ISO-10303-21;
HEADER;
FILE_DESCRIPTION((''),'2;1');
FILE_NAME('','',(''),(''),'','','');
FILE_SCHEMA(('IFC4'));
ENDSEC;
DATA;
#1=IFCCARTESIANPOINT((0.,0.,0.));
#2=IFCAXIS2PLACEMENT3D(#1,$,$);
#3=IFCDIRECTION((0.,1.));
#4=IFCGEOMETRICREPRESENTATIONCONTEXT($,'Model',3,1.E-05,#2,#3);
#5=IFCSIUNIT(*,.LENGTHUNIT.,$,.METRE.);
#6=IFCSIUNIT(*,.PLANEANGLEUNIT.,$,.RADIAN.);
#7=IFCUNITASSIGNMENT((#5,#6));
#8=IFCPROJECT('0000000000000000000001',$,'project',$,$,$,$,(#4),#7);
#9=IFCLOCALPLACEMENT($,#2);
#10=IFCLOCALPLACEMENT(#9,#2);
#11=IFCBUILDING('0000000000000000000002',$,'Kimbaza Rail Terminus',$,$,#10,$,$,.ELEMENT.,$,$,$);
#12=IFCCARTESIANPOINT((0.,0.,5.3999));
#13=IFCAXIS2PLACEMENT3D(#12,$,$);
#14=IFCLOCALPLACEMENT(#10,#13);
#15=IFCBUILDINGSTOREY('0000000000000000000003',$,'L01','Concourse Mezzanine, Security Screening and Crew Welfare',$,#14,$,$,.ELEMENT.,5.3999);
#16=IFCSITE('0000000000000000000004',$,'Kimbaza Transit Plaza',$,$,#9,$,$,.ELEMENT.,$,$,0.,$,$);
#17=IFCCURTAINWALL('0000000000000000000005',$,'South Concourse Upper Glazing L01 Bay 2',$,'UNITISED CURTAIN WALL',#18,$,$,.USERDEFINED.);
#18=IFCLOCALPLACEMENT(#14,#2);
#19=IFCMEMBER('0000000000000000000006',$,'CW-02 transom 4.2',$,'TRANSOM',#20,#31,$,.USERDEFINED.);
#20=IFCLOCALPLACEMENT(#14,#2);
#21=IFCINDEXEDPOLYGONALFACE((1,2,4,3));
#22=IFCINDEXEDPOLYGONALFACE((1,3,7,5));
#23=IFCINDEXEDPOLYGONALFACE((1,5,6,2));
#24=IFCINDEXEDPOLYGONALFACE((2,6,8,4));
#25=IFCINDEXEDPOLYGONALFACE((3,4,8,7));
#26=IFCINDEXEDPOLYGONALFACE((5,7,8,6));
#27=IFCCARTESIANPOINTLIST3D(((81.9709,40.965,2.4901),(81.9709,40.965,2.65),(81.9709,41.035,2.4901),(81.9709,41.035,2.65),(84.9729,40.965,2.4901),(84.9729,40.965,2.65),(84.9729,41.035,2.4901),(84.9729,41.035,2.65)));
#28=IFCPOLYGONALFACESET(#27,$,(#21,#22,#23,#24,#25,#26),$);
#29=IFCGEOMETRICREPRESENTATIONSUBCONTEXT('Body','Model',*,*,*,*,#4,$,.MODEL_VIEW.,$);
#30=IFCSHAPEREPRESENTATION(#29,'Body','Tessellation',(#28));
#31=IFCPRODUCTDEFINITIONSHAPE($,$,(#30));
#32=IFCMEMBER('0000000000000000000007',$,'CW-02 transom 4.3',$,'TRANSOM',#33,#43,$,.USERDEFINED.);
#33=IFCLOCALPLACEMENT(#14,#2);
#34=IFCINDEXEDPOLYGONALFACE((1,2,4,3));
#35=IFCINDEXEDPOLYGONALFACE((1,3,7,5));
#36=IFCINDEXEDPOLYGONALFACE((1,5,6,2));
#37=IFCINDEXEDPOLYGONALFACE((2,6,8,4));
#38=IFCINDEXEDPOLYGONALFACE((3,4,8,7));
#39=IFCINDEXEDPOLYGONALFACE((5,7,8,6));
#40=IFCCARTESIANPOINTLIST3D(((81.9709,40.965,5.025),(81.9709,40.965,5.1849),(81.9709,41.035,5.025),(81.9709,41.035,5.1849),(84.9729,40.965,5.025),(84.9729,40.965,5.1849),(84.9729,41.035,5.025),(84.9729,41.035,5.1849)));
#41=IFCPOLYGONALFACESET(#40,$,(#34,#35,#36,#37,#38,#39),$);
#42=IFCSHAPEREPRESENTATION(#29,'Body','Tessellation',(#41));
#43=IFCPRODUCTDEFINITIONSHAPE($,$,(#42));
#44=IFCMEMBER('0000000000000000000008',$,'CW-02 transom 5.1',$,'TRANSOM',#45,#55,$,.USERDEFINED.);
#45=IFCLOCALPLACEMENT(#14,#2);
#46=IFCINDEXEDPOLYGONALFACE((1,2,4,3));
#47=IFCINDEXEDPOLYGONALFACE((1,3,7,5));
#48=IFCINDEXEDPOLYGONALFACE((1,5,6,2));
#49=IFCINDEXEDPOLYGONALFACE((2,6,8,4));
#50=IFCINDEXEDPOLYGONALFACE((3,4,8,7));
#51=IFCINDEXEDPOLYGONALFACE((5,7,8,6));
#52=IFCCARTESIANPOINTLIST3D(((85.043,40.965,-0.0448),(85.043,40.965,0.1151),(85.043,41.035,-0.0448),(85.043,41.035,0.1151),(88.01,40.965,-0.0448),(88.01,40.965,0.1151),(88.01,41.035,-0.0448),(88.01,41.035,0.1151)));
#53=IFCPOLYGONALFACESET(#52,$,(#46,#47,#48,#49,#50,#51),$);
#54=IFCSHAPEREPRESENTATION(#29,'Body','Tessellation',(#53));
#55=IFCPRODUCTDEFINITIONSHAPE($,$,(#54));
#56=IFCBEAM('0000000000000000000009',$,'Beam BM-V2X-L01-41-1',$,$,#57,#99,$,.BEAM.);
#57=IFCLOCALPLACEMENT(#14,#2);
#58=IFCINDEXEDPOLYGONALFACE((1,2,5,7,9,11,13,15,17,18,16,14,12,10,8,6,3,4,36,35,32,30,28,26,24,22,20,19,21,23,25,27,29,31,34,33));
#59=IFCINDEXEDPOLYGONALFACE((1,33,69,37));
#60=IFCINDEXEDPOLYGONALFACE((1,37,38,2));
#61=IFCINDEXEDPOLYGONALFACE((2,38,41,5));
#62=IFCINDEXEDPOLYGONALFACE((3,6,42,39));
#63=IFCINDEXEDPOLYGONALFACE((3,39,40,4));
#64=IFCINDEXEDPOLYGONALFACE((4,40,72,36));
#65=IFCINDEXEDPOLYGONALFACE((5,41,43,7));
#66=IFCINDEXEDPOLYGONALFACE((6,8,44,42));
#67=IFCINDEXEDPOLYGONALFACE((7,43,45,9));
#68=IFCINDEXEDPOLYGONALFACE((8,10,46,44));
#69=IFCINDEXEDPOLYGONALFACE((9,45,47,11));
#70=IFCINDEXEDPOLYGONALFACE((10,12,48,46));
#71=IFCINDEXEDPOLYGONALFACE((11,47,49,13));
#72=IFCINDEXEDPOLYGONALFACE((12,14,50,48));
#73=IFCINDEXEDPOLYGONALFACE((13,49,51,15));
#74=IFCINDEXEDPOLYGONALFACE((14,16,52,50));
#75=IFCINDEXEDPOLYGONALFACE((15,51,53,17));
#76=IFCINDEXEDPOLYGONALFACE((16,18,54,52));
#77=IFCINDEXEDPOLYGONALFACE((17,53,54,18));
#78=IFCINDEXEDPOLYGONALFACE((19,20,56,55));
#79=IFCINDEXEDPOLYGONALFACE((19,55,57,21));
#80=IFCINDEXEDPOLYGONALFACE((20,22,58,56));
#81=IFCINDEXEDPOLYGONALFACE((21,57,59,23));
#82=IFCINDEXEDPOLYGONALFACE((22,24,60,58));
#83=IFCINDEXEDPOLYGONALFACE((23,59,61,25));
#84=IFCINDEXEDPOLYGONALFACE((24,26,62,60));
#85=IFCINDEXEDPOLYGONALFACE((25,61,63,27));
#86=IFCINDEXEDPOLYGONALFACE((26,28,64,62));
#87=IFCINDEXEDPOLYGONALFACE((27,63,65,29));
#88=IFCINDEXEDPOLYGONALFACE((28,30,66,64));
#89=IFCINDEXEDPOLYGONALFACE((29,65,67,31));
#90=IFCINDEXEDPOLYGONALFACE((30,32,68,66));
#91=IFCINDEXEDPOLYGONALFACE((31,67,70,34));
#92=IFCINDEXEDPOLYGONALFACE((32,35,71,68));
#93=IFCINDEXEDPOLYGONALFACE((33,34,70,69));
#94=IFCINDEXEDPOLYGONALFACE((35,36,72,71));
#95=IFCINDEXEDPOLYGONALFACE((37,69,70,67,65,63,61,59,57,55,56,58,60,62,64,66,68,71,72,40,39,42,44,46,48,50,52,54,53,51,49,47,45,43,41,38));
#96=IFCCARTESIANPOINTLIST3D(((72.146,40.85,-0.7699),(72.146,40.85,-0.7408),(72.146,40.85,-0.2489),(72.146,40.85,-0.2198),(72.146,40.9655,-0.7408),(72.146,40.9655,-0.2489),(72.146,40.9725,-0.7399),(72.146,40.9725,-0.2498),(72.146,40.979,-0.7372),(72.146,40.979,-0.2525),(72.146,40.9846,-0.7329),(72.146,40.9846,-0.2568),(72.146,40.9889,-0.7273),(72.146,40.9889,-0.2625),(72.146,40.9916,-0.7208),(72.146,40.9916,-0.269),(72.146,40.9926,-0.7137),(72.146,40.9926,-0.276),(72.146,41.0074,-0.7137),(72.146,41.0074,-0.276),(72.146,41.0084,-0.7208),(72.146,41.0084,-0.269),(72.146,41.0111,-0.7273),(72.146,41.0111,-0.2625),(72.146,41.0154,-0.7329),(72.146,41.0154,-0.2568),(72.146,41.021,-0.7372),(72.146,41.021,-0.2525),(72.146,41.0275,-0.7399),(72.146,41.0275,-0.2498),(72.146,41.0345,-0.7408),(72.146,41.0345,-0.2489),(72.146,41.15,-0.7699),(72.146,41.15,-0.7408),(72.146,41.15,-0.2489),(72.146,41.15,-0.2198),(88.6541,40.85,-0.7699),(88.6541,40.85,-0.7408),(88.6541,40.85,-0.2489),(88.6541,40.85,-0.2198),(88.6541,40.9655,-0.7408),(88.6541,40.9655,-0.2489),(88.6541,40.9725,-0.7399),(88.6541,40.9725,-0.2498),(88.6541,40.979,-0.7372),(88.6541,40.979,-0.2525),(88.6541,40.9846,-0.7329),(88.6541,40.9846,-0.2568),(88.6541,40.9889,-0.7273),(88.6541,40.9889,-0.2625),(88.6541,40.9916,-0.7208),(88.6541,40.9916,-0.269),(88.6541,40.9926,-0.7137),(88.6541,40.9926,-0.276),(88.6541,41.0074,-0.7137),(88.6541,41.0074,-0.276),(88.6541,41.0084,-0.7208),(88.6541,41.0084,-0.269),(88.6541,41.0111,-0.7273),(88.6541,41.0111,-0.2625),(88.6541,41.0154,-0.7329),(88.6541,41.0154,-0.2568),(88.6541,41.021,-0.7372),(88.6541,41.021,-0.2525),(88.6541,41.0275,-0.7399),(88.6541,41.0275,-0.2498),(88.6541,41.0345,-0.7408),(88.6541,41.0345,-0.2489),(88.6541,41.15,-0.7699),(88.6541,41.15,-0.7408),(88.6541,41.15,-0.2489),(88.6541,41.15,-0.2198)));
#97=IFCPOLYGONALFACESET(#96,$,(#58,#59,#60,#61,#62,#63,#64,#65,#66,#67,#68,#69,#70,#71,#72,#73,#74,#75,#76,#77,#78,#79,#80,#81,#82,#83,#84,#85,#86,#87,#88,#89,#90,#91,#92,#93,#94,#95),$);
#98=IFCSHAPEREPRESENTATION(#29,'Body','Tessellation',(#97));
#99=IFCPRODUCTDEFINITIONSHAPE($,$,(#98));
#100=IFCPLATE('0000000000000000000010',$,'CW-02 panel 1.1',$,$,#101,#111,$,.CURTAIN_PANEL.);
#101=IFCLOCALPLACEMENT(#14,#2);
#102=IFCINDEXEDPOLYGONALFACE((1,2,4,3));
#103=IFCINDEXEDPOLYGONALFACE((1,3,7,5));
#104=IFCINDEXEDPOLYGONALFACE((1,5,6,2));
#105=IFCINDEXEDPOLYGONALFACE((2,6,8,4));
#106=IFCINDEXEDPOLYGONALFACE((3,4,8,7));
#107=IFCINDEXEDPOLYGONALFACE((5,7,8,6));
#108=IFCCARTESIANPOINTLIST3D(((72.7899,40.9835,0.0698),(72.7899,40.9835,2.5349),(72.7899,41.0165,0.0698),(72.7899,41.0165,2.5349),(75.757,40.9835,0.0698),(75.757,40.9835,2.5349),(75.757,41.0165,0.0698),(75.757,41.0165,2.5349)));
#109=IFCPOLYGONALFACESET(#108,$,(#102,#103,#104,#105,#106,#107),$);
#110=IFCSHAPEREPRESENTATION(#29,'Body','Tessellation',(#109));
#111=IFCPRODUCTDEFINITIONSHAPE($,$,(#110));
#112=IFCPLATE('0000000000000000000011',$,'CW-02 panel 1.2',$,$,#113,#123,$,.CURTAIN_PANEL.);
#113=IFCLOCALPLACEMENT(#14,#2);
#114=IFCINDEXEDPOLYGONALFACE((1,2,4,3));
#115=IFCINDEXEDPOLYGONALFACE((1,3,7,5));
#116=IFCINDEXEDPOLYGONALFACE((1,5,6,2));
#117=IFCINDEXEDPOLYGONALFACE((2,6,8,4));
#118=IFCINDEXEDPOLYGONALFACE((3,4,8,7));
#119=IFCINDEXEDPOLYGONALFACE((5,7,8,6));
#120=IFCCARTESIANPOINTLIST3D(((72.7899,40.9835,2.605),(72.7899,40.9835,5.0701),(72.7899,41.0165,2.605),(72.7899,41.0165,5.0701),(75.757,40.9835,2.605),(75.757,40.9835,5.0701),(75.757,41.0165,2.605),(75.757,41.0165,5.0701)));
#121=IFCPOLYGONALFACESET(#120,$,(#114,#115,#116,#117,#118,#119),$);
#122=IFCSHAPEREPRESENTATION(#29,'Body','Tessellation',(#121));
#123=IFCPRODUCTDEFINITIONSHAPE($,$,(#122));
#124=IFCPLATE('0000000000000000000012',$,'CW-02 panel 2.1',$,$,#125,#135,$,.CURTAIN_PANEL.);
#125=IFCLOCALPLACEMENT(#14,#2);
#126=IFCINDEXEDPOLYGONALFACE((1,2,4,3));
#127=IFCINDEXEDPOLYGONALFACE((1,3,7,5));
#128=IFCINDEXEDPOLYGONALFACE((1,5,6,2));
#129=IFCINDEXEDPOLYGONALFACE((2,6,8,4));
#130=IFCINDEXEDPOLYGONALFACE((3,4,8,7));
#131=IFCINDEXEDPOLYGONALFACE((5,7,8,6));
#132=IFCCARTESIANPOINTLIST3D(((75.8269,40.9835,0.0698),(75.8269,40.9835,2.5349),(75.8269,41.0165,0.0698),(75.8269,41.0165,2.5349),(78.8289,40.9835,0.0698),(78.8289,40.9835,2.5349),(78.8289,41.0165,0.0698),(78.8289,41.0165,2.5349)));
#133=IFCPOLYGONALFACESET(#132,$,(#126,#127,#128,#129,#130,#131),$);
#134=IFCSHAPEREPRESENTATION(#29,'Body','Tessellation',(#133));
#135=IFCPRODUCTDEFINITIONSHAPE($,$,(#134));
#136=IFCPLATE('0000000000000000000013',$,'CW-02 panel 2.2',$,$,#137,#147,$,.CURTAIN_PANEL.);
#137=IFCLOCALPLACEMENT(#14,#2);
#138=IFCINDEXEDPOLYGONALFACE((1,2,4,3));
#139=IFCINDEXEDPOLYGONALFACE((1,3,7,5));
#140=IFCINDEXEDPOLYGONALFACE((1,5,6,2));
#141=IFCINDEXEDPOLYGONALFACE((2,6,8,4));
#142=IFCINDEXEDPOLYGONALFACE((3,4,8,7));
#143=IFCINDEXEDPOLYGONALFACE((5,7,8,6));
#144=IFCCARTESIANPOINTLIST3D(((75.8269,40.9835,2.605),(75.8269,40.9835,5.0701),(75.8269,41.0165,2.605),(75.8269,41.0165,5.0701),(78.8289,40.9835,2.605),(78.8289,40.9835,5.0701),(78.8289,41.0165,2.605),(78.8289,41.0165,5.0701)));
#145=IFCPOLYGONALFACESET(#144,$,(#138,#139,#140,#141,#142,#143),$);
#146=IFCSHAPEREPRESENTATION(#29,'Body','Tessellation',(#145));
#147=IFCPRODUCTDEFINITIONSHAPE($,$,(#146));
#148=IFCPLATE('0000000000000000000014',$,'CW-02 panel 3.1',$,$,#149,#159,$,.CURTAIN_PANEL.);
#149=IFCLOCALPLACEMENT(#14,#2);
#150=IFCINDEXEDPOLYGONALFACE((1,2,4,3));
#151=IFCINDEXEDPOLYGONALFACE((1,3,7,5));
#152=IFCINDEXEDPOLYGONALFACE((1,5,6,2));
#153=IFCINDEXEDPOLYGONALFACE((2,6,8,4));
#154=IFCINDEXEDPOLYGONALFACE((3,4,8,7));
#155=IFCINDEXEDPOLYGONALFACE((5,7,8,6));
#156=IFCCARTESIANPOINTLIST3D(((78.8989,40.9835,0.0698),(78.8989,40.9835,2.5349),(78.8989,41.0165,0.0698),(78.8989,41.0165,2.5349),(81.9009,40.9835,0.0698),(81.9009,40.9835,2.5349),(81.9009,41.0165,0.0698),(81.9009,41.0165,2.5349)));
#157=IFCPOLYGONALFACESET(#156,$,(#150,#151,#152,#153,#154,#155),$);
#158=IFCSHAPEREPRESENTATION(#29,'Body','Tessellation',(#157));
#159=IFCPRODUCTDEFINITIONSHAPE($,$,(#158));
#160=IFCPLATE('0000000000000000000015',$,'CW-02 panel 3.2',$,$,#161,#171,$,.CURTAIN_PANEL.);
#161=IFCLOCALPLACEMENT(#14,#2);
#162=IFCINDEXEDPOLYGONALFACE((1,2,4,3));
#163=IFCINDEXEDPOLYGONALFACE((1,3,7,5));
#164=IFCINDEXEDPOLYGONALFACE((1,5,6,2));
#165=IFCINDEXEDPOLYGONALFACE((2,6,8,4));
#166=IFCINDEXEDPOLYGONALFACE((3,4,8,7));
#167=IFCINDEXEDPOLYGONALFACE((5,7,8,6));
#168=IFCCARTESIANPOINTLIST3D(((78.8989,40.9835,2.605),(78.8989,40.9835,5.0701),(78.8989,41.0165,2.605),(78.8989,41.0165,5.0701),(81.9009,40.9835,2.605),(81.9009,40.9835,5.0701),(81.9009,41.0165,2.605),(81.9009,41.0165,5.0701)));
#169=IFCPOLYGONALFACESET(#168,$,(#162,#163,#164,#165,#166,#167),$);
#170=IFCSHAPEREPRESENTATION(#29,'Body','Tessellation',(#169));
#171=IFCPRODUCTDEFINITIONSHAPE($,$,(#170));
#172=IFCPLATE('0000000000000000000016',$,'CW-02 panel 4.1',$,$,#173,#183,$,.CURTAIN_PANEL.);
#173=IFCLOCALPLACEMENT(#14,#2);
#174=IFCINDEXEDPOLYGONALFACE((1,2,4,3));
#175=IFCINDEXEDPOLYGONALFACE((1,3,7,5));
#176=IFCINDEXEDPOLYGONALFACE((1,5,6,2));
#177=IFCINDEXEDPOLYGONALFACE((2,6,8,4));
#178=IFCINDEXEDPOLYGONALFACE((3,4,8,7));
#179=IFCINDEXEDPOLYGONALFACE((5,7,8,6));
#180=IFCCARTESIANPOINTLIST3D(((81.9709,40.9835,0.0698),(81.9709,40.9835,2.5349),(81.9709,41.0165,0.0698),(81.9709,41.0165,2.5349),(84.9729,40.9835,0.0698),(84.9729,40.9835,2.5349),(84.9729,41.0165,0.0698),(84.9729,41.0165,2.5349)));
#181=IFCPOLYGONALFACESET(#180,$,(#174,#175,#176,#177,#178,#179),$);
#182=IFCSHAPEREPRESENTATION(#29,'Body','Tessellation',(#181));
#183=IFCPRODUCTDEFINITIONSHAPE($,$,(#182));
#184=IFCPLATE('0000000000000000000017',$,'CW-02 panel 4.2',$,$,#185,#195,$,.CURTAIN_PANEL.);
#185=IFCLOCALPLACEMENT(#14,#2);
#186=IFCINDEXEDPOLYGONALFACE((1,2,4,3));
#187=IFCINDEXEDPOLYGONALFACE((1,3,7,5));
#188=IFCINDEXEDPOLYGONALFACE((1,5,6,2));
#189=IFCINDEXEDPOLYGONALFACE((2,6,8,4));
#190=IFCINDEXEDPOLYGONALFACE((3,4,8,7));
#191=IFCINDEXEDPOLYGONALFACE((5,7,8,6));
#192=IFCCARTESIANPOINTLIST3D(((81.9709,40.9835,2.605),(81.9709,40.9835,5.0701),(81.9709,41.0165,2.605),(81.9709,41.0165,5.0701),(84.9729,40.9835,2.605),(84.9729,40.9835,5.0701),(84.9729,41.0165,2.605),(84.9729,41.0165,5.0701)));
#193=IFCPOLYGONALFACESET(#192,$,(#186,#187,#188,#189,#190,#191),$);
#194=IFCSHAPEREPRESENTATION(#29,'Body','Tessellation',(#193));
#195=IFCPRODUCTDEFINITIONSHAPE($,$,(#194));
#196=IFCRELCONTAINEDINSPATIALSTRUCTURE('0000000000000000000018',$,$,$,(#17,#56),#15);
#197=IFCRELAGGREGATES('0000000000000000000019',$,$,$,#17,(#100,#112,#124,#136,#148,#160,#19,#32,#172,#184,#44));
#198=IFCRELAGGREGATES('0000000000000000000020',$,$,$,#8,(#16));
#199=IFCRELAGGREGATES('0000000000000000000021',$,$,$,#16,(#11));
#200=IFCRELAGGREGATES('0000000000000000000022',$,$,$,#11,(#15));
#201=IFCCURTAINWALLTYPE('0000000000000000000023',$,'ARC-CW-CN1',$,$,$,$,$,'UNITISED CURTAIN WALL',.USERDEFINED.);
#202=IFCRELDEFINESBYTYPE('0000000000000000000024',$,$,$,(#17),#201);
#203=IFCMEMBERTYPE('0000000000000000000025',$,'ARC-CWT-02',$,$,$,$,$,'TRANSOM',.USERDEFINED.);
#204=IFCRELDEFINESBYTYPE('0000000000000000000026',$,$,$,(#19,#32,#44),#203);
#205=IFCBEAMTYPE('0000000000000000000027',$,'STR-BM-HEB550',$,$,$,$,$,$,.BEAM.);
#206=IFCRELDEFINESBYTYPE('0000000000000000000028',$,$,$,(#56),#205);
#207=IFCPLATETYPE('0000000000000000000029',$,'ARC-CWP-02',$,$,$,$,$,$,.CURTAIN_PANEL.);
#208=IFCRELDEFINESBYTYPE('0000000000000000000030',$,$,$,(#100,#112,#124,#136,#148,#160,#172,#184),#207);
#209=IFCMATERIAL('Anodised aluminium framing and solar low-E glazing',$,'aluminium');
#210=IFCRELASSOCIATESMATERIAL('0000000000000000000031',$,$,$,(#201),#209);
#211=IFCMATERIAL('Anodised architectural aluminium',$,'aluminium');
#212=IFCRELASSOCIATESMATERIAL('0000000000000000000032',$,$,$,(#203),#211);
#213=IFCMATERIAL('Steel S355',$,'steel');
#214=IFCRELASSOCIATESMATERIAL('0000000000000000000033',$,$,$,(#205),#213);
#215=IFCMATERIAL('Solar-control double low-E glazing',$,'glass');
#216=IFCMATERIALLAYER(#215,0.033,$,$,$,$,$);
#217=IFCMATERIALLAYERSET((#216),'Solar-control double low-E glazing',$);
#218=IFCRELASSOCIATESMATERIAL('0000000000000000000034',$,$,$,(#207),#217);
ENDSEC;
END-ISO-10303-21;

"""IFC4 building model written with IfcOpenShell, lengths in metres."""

from ifc_helpers import new_model, si_unit, direction, frame, origin, origin_2d, place, context, subcontext, project, spatial, rectangle, i_section, extrude, material, layer, layer_set, material_profile, profile_set, type_object, element, aggregate, save


model = new_model("IFC4")

# Units and contexts
model_context = context("Model", 3, precision=1e-05, world=origin(), true_north=direction((0.0, 1.0)))
body_context = subcontext(model_context, "Body", "Model", "MODEL_VIEW")
ifc_project = project(units=[si_unit("LENGTHUNIT", "METRE"), si_unit("PLANEANGLEUNIT", "RADIAN")], contexts=[model_context])

# Site, building, storey
site_placement = place(None, origin())
site = spatial("IfcSite", under=ifc_project, at=site_placement, Name="Kimbaza Transit Plaza", CompositionType="ELEMENT", RefElevation=0.0)
building_placement = place(site_placement, origin())
building = spatial("IfcBuilding", under=site, at=building_placement, Name="Kimbaza Rail Terminus", CompositionType="ELEMENT")
storey_placement = place(building_placement, frame((0.0, 0.0, 5.3999)))
storey = spatial("IfcBuildingStorey", under=building, at=storey_placement, Name="L01", Description="Concourse Mezzanine, Security Screening and Crew Welfare", CompositionType="ELEMENT", Elevation=5.3999)

# Curtain wall, members
ifc_material_1 = material(Name="Anodised aluminium framing and solar low-E glazing", Category="aluminium")
curtain_wall_type = type_object("IfcCurtainWallType", Name="ARC-CW-CN1", ElementType="UNITISED CURTAIN WALL", PredefinedType="USERDEFINED", material=ifc_material_1)
curtain_wall_placement = place(storey_placement, origin())
curtain_wall = element("IfcCurtainWall", 1, at=curtain_wall_placement, inside=storey, type_object=curtain_wall_type, Name="South Concourse Upper Glazing L01 Bay 2", ObjectType="UNITISED CURTAIN WALL", PredefinedType="USERDEFINED")
ifc_material_2 = material(Name="Anodised architectural aluminium", Category="aluminium")
ifc_material_profile_1 = material_profile(ifc_material_2, rectangle(XDim=0.0701, YDim=0.1599, at=origin_2d()), Name="TRANSOM 70x160")
ifc_profile_set_1 = profile_set([ifc_material_profile_1], Name="Anodised architectural aluminium")
member_type_1 = type_object("IfcMemberType", Name="ARC-CWT-02", ElementType="TRANSOM", PredefinedType="USERDEFINED", material=ifc_profile_set_1)
member_1_placement = place(storey_placement, frame((81.9709, 41.0, 2.5701), z_axis=(1.0, 0.0, 0.0), x_axis=(0.0, 1.0, 0.0)))
member_1 = element("IfcMember", 2, at=member_1_placement, type_object=member_type_1, Name="CW-02 transom 4.2", ObjectType="TRANSOM", PredefinedType="USERDEFINED", context=body_context, shape_type="SweptSolid", body=[
    extrude(rectangle(XDim=0.0701, YDim=0.1599, at=origin_2d()), origin(), (0.0, 0.0, 1.0), 3.002),
])
member_2_placement = place(storey_placement, frame((81.9709, 41.0, 5.105), z_axis=(1.0, 0.0, 0.0), x_axis=(0.0, 1.0, 0.0)))
member_2 = element("IfcMember", 3, at=member_2_placement, type_object=member_type_1, Name="CW-02 transom 4.3", ObjectType="TRANSOM", PredefinedType="USERDEFINED", context=body_context, shape_type="SweptSolid", body=[
    extrude(rectangle(XDim=0.0701, YDim=0.1599, at=origin_2d()), origin(), (0.0, 0.0, 1.0), 3.002),
])
member_3_placement = place(storey_placement, frame((85.043, 41.0, 0.0352), z_axis=(1.0, 0.0, 0.0), x_axis=(0.0, 1.0, 0.0)))
member_3 = element("IfcMember", 4, at=member_3_placement, type_object=member_type_1, Name="CW-02 transom 5.1", ObjectType="TRANSOM", PredefinedType="USERDEFINED", context=body_context, shape_type="SweptSolid", body=[
    extrude(rectangle(XDim=0.0701, YDim=0.1599, at=origin_2d()), origin(), (0.0, 0.0, 1.0), 2.967),
])

# Beam
ifc_material_3 = material(Name="Steel S355", Category="steel")
ifc_material_profile_2 = material_profile(ifc_material_3, i_section(OverallWidth=0.3, OverallDepth=0.55, WebThickness=0.0149, FlangeThickness=0.0291, FilletRadius=0.0271, at=origin_2d()), Name="HEB 550")
ifc_profile_set_2 = profile_set([ifc_material_profile_2], Name="Steel S355")
beam_type = type_object("IfcBeamType", Name="STR-BM-HEB550", PredefinedType="BEAM", material=ifc_profile_set_2)
beam_placement = place(storey_placement, frame((72.146, 41.0, -0.4949), z_axis=(1.0, 0.0, 0.0), x_axis=(0.0, 1.0, 0.0)))
element("IfcBeam", 5, at=beam_placement, inside=storey, type_object=beam_type, Name="Beam BM-V2X-L01-41-1", PredefinedType="BEAM", context=body_context, shape_type="SweptSolid", body=[
    extrude(i_section(OverallWidth=0.3, OverallDepth=0.55, WebThickness=0.0149, FlangeThickness=0.0291, FilletRadius=0.0271, at=origin_2d()), origin(), (0.0, 0.0, 1.0), 16.5081),
])

# Plates
ifc_material_4 = material(Name="Solar-control double low-E glazing", Category="glass")
ifc_layer = layer(ifc_material_4, 0.033)
ifc_layer_set = layer_set([ifc_layer], Name="Solar-control double low-E glazing")
plate_type = type_object("IfcPlateType", Name="ARC-CWP-02", PredefinedType="CURTAIN_PANEL", material=ifc_layer_set)
plate_1_placement = place(storey_placement, frame((74.2734, 41.0, 0.0698), z_axis=(0.0, 0.0, 1.0), x_axis=(1.0, 0.0, 0.0)))
plate_1 = element("IfcPlate", 6, at=plate_1_placement, type_object=plate_type, Name="CW-02 panel 1.1", PredefinedType="CURTAIN_PANEL", context=body_context, shape_type="SweptSolid", body=[
    extrude(rectangle(XDim=2.967, YDim=0.033, at=origin_2d()), origin(), (0.0, 0.0, 1.0), 2.4651),
])
plate_2_placement = place(storey_placement, frame((74.2734, 41.0, 2.605), z_axis=(0.0, 0.0, 1.0), x_axis=(1.0, 0.0, 0.0)))
plate_2 = element("IfcPlate", 7, at=plate_2_placement, type_object=plate_type, Name="CW-02 panel 1.2", PredefinedType="CURTAIN_PANEL", context=body_context, shape_type="SweptSolid", body=[
    extrude(rectangle(XDim=2.967, YDim=0.033, at=origin_2d()), origin(), (0.0, 0.0, 1.0), 2.4651),
])
plate_3_placement = place(storey_placement, frame((77.3279, 41.0, 0.0698), z_axis=(0.0, 0.0, 1.0), x_axis=(1.0, 0.0, 0.0)))
plate_3 = element("IfcPlate", 8, at=plate_3_placement, type_object=plate_type, Name="CW-02 panel 2.1", PredefinedType="CURTAIN_PANEL", context=body_context, shape_type="SweptSolid", body=[
    extrude(rectangle(XDim=3.002, YDim=0.033, at=origin_2d()), origin(), (0.0, 0.0, 1.0), 2.4651),
])
plate_4_placement = place(storey_placement, frame((77.3279, 41.0, 2.605), z_axis=(0.0, 0.0, 1.0), x_axis=(1.0, 0.0, 0.0)))
plate_4 = element("IfcPlate", 9, at=plate_4_placement, type_object=plate_type, Name="CW-02 panel 2.2", PredefinedType="CURTAIN_PANEL", context=body_context, shape_type="SweptSolid", body=[
    extrude(rectangle(XDim=3.002, YDim=0.033, at=origin_2d()), origin(), (0.0, 0.0, 1.0), 2.4651),
])
plate_5_placement = place(storey_placement, frame((80.3999, 41.0, 0.0698), z_axis=(0.0, 0.0, 1.0), x_axis=(1.0, 0.0, 0.0)))
plate_5 = element("IfcPlate", 10, at=plate_5_placement, type_object=plate_type, Name="CW-02 panel 3.1", PredefinedType="CURTAIN_PANEL", context=body_context, shape_type="SweptSolid", body=[
    extrude(rectangle(XDim=3.002, YDim=0.033, at=origin_2d()), origin(), (0.0, 0.0, 1.0), 2.4651),
])
plate_6_placement = place(storey_placement, frame((80.3999, 41.0, 2.605), z_axis=(0.0, 0.0, 1.0), x_axis=(1.0, 0.0, 0.0)))
plate_6 = element("IfcPlate", 11, at=plate_6_placement, type_object=plate_type, Name="CW-02 panel 3.2", PredefinedType="CURTAIN_PANEL", context=body_context, shape_type="SweptSolid", body=[
    extrude(rectangle(XDim=3.002, YDim=0.033, at=origin_2d()), origin(), (0.0, 0.0, 1.0), 2.4651),
])
plate_7_placement = place(storey_placement, frame((83.4719, 41.0, 0.0698), z_axis=(0.0, 0.0, 1.0), x_axis=(1.0, 0.0, 0.0)))
plate_7 = element("IfcPlate", 12, at=plate_7_placement, type_object=plate_type, Name="CW-02 panel 4.1", PredefinedType="CURTAIN_PANEL", context=body_context, shape_type="SweptSolid", body=[
    extrude(rectangle(XDim=3.002, YDim=0.033, at=origin_2d()), origin(), (0.0, 0.0, 1.0), 2.4651),
])
plate_8_placement = place(storey_placement, frame((83.4719, 41.0, 2.605), z_axis=(0.0, 0.0, 1.0), x_axis=(1.0, 0.0, 0.0)))
plate_8 = element("IfcPlate", 13, at=plate_8_placement, type_object=plate_type, Name="CW-02 panel 4.2", PredefinedType="CURTAIN_PANEL", context=body_context, shape_type="SweptSolid", body=[
    extrude(rectangle(XDim=3.002, YDim=0.033, at=origin_2d()), origin(), (0.0, 0.0, 1.0), 2.4651),
])
aggregate(curtain_wall, [plate_1, plate_2, plate_3, plate_4, plate_5, plate_6, member_1, member_2, plate_7, plate_8, member_3])

save(model, "model.ifc")
